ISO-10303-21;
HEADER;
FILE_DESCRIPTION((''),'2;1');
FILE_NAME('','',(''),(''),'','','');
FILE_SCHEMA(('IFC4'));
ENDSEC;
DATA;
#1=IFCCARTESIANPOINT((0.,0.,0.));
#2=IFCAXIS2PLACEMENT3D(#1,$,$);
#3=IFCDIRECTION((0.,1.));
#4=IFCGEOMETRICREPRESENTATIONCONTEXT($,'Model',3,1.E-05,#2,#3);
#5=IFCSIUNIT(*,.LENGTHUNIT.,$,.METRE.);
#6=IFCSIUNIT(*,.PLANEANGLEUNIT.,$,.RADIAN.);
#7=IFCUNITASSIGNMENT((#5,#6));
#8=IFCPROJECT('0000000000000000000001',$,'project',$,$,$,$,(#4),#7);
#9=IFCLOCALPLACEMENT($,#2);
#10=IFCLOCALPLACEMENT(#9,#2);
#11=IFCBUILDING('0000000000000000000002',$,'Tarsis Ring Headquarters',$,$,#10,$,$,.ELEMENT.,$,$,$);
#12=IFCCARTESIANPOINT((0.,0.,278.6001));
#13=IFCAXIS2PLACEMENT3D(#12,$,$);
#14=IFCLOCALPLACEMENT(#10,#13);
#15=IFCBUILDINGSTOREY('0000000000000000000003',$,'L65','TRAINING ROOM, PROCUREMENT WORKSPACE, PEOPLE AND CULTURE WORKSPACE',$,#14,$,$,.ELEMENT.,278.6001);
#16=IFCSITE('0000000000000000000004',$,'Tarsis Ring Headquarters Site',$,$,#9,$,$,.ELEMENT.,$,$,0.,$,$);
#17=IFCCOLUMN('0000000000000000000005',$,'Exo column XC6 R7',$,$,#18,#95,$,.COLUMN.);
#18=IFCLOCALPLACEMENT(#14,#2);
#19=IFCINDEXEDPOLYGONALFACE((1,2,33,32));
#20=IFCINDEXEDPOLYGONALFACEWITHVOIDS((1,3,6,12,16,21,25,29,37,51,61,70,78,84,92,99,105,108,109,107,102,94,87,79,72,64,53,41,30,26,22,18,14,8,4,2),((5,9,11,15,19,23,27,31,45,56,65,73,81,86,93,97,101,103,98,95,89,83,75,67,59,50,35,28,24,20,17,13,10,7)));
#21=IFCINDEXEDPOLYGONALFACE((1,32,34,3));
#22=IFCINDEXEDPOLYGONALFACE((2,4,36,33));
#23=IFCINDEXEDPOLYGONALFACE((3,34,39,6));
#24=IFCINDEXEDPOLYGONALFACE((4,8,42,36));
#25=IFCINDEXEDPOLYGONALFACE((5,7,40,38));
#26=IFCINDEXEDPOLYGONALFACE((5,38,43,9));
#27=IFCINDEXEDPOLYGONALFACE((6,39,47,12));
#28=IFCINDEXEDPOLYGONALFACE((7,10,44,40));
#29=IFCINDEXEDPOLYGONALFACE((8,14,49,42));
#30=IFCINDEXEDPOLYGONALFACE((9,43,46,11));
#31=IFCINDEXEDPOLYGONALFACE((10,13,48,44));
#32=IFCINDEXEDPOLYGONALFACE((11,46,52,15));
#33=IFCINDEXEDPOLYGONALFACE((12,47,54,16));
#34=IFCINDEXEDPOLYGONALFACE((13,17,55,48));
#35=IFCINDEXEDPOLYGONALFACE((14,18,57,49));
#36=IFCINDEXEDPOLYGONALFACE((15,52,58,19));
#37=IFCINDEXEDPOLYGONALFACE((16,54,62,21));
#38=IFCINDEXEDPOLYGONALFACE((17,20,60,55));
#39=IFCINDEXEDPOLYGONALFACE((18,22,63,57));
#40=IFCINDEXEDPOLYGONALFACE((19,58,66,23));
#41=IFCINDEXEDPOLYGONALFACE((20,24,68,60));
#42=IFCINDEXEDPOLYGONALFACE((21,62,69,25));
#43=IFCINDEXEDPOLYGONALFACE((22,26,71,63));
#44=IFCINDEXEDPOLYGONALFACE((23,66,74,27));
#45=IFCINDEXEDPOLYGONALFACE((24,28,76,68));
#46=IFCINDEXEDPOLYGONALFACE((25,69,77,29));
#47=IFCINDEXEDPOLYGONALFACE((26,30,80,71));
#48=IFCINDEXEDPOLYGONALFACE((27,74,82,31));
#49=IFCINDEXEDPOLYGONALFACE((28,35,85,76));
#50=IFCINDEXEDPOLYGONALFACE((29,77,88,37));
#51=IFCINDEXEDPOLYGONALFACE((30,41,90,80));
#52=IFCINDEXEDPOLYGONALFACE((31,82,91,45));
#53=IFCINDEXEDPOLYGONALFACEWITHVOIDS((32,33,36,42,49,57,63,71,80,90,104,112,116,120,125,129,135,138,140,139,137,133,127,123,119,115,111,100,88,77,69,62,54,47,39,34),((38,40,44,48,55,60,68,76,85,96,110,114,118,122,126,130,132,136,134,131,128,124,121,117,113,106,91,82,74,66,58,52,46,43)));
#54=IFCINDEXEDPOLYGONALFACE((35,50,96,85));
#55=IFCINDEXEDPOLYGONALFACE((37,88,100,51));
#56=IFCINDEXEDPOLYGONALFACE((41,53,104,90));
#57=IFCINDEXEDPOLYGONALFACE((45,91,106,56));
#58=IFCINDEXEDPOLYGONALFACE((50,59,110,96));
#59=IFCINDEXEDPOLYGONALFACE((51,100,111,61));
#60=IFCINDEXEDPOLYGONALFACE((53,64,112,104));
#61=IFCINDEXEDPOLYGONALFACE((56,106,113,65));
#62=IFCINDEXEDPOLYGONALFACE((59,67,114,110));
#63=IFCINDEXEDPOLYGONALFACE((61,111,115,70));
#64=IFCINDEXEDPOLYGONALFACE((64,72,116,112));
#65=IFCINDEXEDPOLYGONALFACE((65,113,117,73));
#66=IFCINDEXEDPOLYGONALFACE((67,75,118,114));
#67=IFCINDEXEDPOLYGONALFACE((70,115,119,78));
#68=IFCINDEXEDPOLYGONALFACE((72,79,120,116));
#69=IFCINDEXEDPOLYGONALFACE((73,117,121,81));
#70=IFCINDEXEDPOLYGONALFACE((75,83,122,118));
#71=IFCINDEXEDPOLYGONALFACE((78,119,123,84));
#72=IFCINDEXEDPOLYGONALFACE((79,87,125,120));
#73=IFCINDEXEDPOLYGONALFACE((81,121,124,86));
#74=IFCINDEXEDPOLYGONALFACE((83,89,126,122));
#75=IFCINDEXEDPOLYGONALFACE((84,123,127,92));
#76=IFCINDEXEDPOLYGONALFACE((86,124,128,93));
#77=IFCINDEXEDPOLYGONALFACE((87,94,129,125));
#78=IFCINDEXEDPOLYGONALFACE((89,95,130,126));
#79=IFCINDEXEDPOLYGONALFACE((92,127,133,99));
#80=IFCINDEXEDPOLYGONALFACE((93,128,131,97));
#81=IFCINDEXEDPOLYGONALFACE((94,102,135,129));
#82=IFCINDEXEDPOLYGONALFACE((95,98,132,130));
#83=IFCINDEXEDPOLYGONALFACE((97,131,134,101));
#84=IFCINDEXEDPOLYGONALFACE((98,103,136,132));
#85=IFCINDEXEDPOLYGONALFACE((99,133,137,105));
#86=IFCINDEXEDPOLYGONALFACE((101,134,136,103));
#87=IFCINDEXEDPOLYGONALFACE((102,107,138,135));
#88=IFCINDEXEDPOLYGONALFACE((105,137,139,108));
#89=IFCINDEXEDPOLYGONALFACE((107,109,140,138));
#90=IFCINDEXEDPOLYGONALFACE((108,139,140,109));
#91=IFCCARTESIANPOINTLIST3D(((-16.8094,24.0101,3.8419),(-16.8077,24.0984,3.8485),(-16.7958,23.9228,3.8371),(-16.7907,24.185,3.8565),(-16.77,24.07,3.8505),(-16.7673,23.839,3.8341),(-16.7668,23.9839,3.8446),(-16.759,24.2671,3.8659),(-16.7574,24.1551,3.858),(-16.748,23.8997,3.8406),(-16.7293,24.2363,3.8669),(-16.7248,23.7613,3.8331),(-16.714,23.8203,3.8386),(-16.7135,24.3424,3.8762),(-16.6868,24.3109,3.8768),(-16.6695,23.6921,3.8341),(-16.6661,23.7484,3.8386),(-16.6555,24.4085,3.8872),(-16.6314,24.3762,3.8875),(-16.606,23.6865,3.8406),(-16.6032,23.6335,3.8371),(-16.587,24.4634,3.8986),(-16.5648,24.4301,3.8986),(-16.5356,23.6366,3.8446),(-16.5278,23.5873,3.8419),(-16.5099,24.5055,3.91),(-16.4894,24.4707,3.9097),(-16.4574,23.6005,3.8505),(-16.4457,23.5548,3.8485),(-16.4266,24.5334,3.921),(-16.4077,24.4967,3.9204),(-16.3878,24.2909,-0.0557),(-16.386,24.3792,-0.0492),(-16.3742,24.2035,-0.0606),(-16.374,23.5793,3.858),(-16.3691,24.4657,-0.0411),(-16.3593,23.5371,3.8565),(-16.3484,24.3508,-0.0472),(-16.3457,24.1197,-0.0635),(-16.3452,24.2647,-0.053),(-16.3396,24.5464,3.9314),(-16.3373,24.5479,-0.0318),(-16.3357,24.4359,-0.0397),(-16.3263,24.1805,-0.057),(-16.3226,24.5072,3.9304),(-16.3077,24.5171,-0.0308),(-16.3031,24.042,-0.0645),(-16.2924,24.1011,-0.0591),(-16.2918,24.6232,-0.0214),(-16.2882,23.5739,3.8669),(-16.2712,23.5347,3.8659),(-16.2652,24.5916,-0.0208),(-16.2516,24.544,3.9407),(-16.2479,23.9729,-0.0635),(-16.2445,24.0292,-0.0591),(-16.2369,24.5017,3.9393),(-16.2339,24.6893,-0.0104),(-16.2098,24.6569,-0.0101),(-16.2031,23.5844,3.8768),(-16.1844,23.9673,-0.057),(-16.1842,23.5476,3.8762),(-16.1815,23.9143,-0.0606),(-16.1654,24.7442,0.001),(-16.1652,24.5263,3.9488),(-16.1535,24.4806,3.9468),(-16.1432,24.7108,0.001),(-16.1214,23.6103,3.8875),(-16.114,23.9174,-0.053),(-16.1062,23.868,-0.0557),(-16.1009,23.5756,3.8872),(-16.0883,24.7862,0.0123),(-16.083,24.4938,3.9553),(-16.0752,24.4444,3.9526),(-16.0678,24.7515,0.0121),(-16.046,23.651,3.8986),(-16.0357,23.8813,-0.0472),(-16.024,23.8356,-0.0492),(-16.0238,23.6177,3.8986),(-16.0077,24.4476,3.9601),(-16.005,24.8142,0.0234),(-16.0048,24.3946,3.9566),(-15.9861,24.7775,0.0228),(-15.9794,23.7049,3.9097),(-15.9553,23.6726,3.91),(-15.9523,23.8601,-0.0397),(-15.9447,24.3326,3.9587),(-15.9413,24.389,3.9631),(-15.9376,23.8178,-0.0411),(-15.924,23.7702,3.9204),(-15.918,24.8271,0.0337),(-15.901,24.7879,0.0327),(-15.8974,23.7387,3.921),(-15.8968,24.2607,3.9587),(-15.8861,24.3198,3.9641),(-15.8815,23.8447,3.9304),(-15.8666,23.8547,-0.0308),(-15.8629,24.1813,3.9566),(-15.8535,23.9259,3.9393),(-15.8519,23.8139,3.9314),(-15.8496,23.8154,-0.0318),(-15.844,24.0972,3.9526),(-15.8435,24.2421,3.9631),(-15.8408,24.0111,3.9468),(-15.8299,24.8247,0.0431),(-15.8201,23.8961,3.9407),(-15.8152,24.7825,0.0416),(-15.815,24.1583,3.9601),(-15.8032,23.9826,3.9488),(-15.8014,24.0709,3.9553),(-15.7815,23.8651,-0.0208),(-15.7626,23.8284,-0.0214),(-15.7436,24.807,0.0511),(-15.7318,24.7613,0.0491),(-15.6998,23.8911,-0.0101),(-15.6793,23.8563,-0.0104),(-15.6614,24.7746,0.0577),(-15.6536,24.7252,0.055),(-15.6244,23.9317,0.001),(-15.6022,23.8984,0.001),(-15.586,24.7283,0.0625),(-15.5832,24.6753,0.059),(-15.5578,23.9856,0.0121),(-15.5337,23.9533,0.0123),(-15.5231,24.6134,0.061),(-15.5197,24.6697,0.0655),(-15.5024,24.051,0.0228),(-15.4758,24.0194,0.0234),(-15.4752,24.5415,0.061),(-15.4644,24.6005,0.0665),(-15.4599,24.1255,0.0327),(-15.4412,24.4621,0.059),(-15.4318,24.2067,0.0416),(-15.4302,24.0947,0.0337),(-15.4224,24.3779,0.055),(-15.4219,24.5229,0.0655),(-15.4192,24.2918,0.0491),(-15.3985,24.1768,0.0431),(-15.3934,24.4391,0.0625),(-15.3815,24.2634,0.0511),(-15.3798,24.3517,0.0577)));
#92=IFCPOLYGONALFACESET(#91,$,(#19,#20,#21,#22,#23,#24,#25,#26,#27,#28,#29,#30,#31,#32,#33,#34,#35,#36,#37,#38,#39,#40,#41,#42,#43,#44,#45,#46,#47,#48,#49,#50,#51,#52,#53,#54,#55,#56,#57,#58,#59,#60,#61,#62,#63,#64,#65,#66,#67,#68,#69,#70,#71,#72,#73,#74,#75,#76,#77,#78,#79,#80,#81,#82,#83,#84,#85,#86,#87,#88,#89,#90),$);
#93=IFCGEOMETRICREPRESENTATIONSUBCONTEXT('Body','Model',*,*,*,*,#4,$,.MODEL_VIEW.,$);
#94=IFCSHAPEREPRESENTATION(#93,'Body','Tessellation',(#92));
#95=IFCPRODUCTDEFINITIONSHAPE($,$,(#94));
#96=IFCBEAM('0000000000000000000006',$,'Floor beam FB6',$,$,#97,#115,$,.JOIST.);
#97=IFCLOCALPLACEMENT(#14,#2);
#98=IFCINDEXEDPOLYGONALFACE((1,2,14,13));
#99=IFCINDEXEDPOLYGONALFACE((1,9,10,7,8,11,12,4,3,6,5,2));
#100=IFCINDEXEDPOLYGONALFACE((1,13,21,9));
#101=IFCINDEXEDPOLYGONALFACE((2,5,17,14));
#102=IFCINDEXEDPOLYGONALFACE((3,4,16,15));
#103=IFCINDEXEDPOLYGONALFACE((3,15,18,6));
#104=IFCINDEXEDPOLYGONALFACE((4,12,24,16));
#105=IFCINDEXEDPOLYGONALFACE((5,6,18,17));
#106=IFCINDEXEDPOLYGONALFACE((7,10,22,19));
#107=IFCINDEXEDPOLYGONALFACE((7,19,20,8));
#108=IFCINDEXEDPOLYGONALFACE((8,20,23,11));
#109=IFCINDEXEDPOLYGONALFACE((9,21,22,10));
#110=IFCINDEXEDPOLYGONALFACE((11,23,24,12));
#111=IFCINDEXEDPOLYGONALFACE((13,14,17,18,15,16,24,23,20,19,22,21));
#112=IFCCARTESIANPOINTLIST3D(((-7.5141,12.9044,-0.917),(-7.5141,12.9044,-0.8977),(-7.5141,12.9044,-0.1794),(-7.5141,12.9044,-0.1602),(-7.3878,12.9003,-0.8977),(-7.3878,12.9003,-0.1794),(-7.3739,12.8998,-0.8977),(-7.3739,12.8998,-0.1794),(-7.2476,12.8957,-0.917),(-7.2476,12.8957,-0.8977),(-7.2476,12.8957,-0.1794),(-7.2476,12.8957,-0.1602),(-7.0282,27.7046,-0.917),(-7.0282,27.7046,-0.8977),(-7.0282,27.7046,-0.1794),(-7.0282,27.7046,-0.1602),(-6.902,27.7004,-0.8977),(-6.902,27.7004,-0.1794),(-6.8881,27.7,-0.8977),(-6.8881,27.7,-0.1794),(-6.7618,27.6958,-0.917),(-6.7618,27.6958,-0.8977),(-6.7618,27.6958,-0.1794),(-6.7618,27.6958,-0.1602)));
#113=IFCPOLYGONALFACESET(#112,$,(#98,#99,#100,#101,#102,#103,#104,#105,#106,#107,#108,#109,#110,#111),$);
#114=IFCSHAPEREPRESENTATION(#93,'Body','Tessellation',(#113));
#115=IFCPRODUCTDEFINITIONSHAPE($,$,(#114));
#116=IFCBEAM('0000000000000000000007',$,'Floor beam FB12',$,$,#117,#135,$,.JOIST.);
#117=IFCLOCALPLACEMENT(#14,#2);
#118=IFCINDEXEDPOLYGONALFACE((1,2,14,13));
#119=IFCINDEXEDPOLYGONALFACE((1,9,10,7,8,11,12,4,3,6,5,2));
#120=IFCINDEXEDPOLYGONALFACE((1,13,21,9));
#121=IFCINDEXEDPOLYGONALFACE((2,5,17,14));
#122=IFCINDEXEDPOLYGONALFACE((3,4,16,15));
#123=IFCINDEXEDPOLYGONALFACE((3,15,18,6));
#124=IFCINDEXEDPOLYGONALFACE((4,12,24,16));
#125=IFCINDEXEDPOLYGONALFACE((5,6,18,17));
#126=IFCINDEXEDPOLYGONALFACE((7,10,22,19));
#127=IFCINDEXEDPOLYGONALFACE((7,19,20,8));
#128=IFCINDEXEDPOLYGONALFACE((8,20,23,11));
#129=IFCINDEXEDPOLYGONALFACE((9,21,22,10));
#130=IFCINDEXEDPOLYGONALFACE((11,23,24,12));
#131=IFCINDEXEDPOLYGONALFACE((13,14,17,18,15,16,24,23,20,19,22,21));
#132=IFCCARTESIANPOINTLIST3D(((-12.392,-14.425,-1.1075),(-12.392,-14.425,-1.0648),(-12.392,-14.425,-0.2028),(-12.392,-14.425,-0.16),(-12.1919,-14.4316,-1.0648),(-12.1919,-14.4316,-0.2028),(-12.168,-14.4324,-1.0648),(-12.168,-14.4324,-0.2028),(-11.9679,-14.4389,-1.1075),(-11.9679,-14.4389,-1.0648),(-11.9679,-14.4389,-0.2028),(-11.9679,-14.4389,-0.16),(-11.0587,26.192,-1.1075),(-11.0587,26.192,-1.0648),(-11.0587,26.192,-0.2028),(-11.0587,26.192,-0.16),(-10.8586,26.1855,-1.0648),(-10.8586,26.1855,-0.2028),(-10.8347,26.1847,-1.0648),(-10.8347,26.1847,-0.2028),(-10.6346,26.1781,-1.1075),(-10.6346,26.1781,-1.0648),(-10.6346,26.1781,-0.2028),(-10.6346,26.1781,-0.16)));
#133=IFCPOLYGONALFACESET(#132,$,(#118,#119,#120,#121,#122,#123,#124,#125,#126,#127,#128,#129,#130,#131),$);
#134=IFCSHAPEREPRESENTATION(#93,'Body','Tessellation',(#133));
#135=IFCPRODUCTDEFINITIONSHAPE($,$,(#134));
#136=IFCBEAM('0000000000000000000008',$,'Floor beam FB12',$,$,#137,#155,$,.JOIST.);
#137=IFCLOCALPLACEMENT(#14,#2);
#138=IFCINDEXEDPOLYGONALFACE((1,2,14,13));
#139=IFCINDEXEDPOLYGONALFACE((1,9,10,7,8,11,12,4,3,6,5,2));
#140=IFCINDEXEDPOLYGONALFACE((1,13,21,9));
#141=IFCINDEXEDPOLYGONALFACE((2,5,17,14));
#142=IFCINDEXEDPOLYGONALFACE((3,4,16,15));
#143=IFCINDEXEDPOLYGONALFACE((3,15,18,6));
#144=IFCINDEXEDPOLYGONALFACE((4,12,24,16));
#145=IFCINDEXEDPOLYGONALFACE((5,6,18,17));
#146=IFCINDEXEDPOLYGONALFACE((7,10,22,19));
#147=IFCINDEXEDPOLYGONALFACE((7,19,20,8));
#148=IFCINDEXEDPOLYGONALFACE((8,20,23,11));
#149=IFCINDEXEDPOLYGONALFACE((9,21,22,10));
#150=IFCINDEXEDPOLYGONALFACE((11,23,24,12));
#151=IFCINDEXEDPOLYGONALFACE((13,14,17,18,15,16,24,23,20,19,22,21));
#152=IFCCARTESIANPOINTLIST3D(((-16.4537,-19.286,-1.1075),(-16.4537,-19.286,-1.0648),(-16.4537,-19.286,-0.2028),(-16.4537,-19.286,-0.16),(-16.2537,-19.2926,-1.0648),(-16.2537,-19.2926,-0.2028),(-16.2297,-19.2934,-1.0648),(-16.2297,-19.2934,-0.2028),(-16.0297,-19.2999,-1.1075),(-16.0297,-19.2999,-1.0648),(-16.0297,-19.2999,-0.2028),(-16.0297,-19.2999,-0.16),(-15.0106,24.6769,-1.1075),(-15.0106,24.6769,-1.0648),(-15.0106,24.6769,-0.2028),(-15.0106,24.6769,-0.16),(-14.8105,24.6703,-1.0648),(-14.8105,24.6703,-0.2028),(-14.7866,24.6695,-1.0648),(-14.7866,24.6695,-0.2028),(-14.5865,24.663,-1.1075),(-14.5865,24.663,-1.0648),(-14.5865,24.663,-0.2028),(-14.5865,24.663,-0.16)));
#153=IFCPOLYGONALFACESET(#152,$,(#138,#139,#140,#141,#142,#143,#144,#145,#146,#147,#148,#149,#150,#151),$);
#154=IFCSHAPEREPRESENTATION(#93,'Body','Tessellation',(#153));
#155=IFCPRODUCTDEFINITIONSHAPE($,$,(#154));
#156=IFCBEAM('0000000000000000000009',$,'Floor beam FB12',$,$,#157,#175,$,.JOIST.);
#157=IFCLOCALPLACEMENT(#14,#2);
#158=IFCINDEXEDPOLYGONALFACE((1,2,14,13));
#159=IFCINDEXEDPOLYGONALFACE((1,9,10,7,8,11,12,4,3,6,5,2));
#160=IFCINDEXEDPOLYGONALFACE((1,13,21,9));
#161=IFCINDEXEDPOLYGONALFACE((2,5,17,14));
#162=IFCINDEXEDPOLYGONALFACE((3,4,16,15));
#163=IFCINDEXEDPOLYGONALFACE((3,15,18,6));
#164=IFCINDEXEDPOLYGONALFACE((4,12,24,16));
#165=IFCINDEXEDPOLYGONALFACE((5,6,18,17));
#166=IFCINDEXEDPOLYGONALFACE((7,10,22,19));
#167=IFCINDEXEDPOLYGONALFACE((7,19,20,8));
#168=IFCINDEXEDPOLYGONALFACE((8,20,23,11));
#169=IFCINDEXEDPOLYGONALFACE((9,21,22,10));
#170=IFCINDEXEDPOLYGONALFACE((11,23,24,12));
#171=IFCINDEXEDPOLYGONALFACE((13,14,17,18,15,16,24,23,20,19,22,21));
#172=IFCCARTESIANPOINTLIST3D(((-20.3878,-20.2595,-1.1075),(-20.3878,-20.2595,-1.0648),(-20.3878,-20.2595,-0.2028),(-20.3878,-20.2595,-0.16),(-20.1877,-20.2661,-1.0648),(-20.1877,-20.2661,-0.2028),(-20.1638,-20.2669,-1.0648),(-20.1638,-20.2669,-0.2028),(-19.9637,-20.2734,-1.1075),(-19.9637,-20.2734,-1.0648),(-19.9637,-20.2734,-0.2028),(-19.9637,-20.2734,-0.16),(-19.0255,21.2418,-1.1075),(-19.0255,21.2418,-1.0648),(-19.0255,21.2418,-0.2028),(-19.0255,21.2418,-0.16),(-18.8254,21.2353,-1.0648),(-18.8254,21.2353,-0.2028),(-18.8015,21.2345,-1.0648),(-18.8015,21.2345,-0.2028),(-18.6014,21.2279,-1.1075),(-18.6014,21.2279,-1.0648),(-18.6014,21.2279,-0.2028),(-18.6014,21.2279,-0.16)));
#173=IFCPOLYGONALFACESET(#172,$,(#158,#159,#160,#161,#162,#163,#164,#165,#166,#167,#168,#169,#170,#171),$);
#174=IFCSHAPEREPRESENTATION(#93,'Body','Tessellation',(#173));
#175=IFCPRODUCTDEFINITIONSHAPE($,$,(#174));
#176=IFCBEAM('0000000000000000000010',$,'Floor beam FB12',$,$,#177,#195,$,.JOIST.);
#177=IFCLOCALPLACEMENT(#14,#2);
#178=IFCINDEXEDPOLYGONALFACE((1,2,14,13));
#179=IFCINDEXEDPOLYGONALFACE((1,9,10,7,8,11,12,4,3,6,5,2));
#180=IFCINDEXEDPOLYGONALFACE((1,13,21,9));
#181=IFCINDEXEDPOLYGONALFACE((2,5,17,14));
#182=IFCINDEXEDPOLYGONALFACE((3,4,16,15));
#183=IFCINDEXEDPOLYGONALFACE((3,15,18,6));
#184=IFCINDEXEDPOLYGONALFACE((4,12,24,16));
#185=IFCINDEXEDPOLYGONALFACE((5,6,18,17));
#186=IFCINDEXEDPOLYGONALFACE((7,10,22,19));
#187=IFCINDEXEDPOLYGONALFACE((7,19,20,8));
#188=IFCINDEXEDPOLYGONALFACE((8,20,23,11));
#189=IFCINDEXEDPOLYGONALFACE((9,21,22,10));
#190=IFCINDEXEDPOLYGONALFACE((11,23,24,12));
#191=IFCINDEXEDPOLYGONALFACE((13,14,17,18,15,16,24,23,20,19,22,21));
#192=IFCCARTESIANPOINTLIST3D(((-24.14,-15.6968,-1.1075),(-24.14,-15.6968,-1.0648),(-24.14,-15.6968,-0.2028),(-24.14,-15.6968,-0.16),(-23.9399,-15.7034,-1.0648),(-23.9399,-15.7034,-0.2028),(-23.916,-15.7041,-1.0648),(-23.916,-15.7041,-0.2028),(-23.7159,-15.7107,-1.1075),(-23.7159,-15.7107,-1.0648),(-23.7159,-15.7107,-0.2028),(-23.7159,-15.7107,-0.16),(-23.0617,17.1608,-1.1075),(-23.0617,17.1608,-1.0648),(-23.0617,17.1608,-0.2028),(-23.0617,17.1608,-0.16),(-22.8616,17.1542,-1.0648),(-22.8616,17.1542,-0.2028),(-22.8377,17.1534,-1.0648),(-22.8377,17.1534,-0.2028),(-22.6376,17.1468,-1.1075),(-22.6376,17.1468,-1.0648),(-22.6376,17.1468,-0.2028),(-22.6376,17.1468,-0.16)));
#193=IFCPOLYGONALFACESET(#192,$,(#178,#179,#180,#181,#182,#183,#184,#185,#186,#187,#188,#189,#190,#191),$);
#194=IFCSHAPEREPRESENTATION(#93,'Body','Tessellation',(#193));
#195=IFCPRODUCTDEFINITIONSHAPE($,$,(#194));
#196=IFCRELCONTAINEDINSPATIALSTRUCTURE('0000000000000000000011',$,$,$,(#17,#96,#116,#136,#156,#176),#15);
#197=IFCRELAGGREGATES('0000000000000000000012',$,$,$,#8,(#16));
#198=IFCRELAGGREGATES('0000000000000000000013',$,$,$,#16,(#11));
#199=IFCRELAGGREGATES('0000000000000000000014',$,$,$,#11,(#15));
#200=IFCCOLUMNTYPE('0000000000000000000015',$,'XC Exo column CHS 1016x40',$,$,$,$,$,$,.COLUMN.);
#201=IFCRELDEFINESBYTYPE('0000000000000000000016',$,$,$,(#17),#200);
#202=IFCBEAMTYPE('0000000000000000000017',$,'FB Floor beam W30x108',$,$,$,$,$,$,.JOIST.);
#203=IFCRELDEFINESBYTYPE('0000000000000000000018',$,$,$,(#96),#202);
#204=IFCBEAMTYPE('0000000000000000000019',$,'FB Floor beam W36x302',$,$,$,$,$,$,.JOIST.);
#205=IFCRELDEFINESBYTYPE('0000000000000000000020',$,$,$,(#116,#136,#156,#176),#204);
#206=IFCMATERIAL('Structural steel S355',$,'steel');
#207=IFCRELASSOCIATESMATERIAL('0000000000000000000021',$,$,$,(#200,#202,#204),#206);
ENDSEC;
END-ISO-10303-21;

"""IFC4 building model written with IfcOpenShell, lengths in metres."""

from ifc_helpers import new_model, si_unit, direction, frame, origin, origin_2d, place, context, subcontext, project, spatial, hollow_circle, i_section, extrude, material, material_profile, profile_set, type_object, element, save


model = new_model("IFC4")

# Units and contexts
model_context = context("Model", 3, precision=1e-05, world=origin(), true_north=direction((0.0, 1.0)))
body_context = subcontext(model_context, "Body", "Model", "MODEL_VIEW")
ifc_project = project(units=[si_unit("LENGTHUNIT", "METRE"), si_unit("PLANEANGLEUNIT", "RADIAN")], contexts=[model_context])

# Site, building, storey
site_placement = place(None, origin())
site = spatial("IfcSite", under=ifc_project, at=site_placement, Name="Tarsis Ring Headquarters Site", CompositionType="ELEMENT", RefElevation=0.0)
building_placement = place(site_placement, origin())
building = spatial("IfcBuilding", under=site, at=building_placement, Name="Tarsis Ring Headquarters", CompositionType="ELEMENT")
storey_placement = place(building_placement, frame((0.0, 0.0, 278.6001)))
storey = spatial("IfcBuildingStorey", under=building, at=storey_placement, Name="L65", Description="TRAINING ROOM, PROCUREMENT WORKSPACE, PEOPLE AND CULTURE WORKSPACE", CompositionType="ELEMENT", Elevation=278.6001)

# Column
ifc_material_1 = material(Name="Structural steel S355", Category="steel")
ifc_material_profile_1 = material_profile(ifc_material_1, hollow_circle(Radius=0.5081, WallThickness=0.04, at=origin_2d()), Name="CHS 1016x40")
ifc_profile_set_1 = profile_set([ifc_material_profile_1], Name="Structural steel S355")
column_type = type_object("IfcColumnType", Name="XC Exo column CHS 1016x40", PredefinedType="COLUMN", material=ifc_profile_set_1)
column_placement = place(storey_placement, frame((-15.8838, 24.3213, 0.001), z_axis=(-0.107272, -0.071432, 0.99166), x_axis=(0.554255, -0.832347, 0.0)))
element("IfcColumn", 1, at=column_placement, inside=storey, type_object=column_type, Name="Exo column XC6 R7", PredefinedType="COLUMN", context=body_context, shape_type="SweptSolid", body=[
    extrude(hollow_circle(Radius=0.5081, WallThickness=0.04, at=origin_2d()), origin(), (0.0, 0.0, 1.0), 3.9304),
])

# Beams
ifc_material_profile_2 = material_profile(ifc_material_1, i_section(OverallWidth=0.2666, OverallDepth=0.7568, WebThickness=0.0139, FlangeThickness=0.0193, at=origin_2d()), Name="W30x108")
ifc_profile_set_2 = profile_set([ifc_material_profile_2], Name="Structural steel S355")
beam_type_1 = type_object("IfcBeamType", Name="FB Floor beam W30x108", PredefinedType="JOIST", material=ifc_profile_set_2)
beam_1_placement = place(storey_placement, frame((-6.895, 27.7002, -0.5386), z_axis=(-0.032809, -0.999462, 0.0), x_axis=(0.999462, -0.032809, 0.0)))
element("IfcBeam", 2, at=beam_1_placement, inside=storey, type_object=beam_type_1, Name="Floor beam FB6", PredefinedType="JOIST", context=body_context, shape_type="SweptSolid", body=[
    extrude(i_section(OverallWidth=0.2666, OverallDepth=0.7568, WebThickness=0.0139, FlangeThickness=0.0193, at=origin_2d()), origin(), (0.0, 0.0, 1.0), 14.8081),
])
ifc_material_profile_3 = material_profile(ifc_material_1, i_section(OverallWidth=0.4243, OverallDepth=0.9475, WebThickness=0.0239, FlangeThickness=0.0427, at=origin_2d()), Name="W36x302")
ifc_profile_set_3 = profile_set([ifc_material_profile_3], Name="Structural steel S355")
beam_type_2 = type_object("IfcBeamType", Name="FB Floor beam W36x302", PredefinedType="JOIST", material=ifc_profile_set_3)
beam_2_placement = place(storey_placement, frame((-10.8467, 26.1851, -0.6338), z_axis=(-0.032807, -0.999462, 0.0), x_axis=(0.999462, -0.032807, 0.0)))
element("IfcBeam", 3, at=beam_2_placement, inside=storey, type_object=beam_type_2, Name="Floor beam FB12", PredefinedType="JOIST", context=body_context, shape_type="SweptSolid", body=[
    extrude(i_section(OverallWidth=0.4243, OverallDepth=0.9475, WebThickness=0.0239, FlangeThickness=0.0427, at=origin_2d()), origin(), (0.0, 0.0, 1.0), 40.6389),
])
beam_3_placement = place(storey_placement, frame((-14.7986, 24.6699, -0.6338), z_axis=(-0.032808, -0.999462, 0.0), x_axis=(0.999462, -0.032808, 0.0)))
element("IfcBeam", 4, at=beam_3_placement, inside=storey, type_object=beam_type_2, Name="Floor beam FB12", PredefinedType="JOIST", context=body_context, shape_type="SweptSolid", body=[
    extrude(i_section(OverallWidth=0.4243, OverallDepth=0.9475, WebThickness=0.0239, FlangeThickness=0.0427, at=origin_2d()), origin(), (0.0, 0.0, 1.0), 43.9866),
])
beam_4_placement = place(storey_placement, frame((-18.8135, 21.2349, -0.6338), z_axis=(-0.032808, -0.999462, 0.0), x_axis=(0.999462, -0.032808, 0.0)))
element("IfcBeam", 5, at=beam_4_placement, inside=storey, type_object=beam_type_2, Name="Floor beam FB12", PredefinedType="JOIST", context=body_context, shape_type="SweptSolid", body=[
    extrude(i_section(OverallWidth=0.4243, OverallDepth=0.9475, WebThickness=0.0239, FlangeThickness=0.0427, at=origin_2d()), origin(), (0.0, 0.0, 1.0), 41.5237),
])
beam_5_placement = place(storey_placement, frame((-22.8496, 17.1538, -0.6338), z_axis=(-0.032802, -0.999462, 0.0), x_axis=(0.999462, -0.032802, 0.0)))
element("IfcBeam", 6, at=beam_5_placement, inside=storey, type_object=beam_type_2, Name="Floor beam FB12", PredefinedType="JOIST", context=body_context, shape_type="SweptSolid", body=[
    extrude(i_section(OverallWidth=0.4243, OverallDepth=0.9475, WebThickness=0.0239, FlangeThickness=0.0427, at=origin_2d()), origin(), (0.0, 0.0, 1.0), 32.8752),
])

save(model, "model.ifc")
